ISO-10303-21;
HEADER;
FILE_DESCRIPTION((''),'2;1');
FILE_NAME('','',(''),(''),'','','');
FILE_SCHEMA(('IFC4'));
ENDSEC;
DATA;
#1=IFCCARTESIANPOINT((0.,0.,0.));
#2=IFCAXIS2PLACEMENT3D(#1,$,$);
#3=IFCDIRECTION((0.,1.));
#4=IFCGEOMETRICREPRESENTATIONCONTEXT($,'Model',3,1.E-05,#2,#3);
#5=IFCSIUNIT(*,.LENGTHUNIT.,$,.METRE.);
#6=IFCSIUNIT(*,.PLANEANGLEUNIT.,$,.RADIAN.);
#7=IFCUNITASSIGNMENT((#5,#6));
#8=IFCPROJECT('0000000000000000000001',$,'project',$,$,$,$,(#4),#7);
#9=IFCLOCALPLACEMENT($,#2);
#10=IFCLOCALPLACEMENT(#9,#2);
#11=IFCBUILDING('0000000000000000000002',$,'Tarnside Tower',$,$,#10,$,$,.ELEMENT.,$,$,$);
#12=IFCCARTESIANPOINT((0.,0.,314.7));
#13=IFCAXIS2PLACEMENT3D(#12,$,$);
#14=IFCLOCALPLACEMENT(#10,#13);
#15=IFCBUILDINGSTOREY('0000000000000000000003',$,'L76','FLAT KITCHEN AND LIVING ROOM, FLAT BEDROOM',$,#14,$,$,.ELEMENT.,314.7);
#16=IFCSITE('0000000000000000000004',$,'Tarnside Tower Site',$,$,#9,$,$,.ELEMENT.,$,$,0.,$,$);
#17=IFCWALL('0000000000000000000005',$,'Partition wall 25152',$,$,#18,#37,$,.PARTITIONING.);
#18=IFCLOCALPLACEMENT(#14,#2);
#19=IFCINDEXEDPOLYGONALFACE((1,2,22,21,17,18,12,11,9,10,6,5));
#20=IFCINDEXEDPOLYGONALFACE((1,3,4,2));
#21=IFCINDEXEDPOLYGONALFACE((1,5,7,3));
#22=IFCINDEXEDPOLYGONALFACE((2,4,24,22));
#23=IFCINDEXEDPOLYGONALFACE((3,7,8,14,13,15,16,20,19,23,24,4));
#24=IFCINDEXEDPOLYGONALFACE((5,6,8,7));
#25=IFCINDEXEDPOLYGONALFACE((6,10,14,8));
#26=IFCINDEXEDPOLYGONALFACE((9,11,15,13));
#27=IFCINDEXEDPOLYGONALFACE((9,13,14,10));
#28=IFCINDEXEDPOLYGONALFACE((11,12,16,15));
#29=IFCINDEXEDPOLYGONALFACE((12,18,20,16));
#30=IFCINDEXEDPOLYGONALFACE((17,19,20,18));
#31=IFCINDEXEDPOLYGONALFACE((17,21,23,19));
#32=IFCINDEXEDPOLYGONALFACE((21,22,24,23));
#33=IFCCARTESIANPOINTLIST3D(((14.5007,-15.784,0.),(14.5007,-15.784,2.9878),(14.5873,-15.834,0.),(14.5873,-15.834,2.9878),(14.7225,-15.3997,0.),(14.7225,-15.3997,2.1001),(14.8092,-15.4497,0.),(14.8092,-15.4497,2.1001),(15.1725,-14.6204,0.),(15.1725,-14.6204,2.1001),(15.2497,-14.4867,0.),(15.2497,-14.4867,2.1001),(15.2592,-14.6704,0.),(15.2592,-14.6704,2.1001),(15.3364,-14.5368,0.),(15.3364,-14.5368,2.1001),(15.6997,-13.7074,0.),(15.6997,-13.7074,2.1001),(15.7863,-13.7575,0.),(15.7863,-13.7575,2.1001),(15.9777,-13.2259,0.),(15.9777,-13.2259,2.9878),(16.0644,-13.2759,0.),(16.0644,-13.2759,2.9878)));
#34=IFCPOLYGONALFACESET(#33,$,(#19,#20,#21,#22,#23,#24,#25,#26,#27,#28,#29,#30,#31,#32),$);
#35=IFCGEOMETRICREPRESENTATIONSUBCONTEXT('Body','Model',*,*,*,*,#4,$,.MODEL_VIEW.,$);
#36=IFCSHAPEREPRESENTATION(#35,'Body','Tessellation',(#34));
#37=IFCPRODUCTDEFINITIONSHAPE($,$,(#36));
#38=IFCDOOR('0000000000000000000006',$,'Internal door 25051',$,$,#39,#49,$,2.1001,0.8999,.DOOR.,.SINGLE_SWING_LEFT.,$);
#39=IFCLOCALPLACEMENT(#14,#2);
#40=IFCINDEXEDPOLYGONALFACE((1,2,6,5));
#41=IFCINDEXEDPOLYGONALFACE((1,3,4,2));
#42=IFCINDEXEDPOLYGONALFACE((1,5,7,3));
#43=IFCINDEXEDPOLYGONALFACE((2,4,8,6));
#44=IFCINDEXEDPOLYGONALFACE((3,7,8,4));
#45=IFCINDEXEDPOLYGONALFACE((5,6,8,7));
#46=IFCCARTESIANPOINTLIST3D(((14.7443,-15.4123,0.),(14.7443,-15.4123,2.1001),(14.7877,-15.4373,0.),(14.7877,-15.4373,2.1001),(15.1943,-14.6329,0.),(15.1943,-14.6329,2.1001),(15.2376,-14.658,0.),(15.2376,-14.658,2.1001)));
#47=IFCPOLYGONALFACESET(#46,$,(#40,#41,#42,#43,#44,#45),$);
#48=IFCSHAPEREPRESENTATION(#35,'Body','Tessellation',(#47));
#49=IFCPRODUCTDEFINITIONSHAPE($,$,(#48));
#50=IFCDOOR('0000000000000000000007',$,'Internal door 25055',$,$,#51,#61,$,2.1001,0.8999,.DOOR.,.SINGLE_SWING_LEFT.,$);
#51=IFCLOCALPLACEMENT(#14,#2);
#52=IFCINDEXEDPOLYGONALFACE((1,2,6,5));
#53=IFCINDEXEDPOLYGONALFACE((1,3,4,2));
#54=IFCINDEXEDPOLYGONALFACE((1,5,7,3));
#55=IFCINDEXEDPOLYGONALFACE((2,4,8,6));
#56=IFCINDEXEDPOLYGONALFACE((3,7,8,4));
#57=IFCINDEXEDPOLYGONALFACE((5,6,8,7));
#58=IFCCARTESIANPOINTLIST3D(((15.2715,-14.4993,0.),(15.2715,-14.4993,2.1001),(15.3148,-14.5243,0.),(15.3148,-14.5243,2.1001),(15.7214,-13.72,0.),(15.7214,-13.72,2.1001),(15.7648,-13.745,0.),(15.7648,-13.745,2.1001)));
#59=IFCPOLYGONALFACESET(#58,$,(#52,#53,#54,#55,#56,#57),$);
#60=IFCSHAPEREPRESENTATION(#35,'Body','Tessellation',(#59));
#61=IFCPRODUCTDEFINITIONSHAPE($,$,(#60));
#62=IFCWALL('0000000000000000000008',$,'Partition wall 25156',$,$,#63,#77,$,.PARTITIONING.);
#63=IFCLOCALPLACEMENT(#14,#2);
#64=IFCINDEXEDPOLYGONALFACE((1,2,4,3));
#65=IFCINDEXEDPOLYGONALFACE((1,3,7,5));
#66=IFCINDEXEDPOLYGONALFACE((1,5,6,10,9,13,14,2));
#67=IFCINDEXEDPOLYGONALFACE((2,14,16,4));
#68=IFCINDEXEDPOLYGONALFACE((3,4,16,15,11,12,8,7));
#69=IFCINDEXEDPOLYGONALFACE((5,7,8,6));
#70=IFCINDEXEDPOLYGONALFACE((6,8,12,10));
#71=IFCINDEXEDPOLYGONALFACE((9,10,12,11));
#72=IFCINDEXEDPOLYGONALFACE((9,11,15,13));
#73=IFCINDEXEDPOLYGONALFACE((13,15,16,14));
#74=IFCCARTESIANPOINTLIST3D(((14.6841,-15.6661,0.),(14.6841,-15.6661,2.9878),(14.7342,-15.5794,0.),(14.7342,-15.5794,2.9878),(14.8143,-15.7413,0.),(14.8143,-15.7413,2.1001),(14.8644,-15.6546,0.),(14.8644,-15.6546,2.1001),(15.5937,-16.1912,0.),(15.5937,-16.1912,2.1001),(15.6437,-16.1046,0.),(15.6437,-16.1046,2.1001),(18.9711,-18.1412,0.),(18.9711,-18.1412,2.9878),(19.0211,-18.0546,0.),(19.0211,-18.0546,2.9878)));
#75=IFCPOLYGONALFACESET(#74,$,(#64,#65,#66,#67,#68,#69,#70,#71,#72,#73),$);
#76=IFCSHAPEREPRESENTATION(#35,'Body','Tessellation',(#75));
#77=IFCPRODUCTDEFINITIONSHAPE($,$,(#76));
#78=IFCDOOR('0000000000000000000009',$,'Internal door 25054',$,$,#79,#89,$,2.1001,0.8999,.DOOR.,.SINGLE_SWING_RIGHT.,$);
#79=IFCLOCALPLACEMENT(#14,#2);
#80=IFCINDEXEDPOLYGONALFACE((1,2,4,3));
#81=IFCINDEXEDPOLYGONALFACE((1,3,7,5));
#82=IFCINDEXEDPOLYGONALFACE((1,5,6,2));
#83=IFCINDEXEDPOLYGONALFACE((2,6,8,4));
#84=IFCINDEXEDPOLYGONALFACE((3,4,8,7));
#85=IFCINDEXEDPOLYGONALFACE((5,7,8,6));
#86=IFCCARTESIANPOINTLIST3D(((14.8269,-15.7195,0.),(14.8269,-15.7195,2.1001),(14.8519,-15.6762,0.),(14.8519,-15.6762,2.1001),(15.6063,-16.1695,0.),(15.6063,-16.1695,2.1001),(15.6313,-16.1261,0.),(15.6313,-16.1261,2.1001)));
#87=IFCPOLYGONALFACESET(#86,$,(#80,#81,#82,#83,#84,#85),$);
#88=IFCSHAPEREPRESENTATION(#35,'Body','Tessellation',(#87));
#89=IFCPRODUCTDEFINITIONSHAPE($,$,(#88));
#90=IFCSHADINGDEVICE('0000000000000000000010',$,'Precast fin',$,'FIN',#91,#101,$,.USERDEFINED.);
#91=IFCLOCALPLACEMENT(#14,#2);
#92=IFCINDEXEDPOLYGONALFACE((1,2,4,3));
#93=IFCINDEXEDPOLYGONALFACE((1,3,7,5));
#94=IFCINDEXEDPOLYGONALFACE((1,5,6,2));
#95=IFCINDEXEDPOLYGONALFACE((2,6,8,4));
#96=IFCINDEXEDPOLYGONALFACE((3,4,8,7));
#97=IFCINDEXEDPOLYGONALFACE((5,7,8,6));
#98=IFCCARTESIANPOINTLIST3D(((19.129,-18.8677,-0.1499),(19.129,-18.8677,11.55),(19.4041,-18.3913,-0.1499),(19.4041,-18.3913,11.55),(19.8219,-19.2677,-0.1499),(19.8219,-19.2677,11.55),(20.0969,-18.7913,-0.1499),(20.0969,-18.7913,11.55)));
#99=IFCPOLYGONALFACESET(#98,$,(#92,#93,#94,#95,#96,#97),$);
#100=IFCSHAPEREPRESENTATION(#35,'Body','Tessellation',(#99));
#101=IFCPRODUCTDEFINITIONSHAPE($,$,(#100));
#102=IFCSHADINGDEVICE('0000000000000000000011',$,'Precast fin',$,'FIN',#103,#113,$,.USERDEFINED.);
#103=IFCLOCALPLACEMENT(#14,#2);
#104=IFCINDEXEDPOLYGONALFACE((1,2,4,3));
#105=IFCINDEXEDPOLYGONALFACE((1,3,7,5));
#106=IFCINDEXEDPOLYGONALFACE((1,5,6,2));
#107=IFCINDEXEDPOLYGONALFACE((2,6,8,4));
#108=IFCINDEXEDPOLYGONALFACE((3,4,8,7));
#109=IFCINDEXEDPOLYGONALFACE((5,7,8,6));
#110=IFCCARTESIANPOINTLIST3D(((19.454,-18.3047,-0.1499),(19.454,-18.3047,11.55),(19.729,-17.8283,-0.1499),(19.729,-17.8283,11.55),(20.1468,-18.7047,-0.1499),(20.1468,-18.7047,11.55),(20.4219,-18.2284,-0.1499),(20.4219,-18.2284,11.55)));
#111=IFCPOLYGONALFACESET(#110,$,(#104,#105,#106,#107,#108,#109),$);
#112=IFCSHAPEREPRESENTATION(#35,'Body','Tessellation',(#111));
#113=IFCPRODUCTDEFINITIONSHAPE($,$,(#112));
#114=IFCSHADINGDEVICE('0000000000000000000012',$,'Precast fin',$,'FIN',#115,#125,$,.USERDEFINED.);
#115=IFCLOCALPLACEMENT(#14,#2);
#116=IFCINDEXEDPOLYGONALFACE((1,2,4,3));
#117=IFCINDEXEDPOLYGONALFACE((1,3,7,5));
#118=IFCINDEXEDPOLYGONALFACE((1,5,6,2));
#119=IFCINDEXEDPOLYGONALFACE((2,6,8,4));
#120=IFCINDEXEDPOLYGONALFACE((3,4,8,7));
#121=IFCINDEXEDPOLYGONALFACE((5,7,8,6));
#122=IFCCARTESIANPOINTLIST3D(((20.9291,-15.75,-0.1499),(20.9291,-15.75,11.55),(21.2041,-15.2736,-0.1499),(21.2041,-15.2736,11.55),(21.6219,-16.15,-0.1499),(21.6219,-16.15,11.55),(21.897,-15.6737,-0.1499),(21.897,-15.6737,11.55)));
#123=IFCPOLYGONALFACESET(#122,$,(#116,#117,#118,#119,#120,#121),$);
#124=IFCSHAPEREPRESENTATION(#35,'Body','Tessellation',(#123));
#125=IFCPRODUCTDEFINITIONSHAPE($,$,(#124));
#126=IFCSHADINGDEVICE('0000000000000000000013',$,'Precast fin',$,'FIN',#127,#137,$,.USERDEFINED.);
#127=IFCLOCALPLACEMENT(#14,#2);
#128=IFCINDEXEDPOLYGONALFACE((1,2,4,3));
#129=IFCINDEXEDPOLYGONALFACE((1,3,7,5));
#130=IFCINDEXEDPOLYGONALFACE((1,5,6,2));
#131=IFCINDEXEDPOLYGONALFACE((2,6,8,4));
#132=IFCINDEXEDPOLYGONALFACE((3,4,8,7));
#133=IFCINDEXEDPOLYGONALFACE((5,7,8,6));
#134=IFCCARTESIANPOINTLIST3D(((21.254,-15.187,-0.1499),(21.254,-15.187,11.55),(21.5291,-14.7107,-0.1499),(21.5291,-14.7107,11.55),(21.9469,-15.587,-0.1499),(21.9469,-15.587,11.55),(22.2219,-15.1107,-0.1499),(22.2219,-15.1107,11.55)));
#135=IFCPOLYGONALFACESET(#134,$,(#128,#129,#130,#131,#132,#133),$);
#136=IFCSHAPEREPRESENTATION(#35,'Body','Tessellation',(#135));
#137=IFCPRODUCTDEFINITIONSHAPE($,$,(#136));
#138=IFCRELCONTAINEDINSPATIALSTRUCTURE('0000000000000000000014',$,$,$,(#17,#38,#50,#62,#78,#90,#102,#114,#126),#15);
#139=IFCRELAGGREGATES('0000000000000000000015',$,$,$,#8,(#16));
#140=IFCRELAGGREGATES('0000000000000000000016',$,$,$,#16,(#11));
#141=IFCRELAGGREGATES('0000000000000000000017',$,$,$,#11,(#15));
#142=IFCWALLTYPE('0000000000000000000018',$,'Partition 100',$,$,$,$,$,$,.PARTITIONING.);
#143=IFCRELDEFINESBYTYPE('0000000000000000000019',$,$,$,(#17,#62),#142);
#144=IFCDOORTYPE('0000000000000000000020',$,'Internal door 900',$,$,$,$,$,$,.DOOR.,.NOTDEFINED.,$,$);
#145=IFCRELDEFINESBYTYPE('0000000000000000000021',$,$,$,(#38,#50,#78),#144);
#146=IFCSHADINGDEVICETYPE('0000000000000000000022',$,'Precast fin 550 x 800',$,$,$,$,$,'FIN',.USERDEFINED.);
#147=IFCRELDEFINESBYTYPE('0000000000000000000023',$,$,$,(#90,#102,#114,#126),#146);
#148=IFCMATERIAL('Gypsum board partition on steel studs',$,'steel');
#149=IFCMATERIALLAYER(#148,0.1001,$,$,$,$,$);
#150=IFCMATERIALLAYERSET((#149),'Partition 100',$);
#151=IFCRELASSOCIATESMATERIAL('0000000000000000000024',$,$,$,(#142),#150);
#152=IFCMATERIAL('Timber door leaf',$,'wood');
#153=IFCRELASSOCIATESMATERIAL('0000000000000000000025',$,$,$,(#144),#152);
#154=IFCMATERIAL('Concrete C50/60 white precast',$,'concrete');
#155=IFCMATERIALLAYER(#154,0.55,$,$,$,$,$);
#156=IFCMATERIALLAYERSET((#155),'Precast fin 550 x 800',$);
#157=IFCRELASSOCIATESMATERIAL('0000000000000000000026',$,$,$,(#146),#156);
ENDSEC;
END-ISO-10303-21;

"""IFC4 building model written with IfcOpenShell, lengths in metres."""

from ifc_helpers import new_model, si_unit, direction, frame, frame_2d, origin, place, context, subcontext, project, spatial, polyline, rectangle, outline, extrude, material, layer, layer_set, type_object, element, fill, save


model = new_model("IFC4")

# Units and contexts
model_context = context("Model", 3, precision=1e-05, world=origin(), true_north=direction((0.0, 1.0)))
body_context = subcontext(model_context, "Body", "Model", "MODEL_VIEW")
ifc_project = project(units=[si_unit("LENGTHUNIT", "METRE"), si_unit("PLANEANGLEUNIT", "RADIAN")], contexts=[model_context])

# Site, building, storey
site_placement = place(None, origin())
site = spatial("IfcSite", under=ifc_project, at=site_placement, Name="Tarnside Tower Site", CompositionType="ELEMENT", RefElevation=0.0)
building_placement = place(site_placement, origin())
building = spatial("IfcBuilding", under=site, at=building_placement, Name="Tarnside Tower", CompositionType="ELEMENT")
storey_placement = place(building_placement, frame((0.0, 0.0, 314.7)))
storey = spatial("IfcBuildingStorey", under=building, at=storey_placement, Name="L76", Description="FLAT KITCHEN AND LIVING ROOM, FLAT BEDROOM", CompositionType="ELEMENT", Elevation=314.7)

# Shared definitions
ifc_material_1 = material(Name="Gypsum board partition on steel studs", Category="steel")
ifc_material_2 = material(Name="Timber door leaf", Category="wood")

# Wall, openings, doors
ifc_layer_1 = layer(ifc_material_1, 0.1001)
ifc_layer_set_1 = layer_set([ifc_layer_1], Name="Partition 100")
wall_type_1 = type_object("IfcWallType", Name="Partition 100", PredefinedType="PARTITIONING", material=ifc_layer_set_1)
wall_1_placement = place(storey_placement, frame((14.5439, -15.8091, 0.0), z_axis=(0.0, 0.0, 1.0), x_axis=(0.500032, 0.866007, 0.0)))
wall_1 = element("IfcWall", 1, at=wall_1_placement, inside=storey, type_object=wall_type_1, Name="Partition wall 25152", PredefinedType="PARTITIONING", context=body_context, shape_type="SweptSolid", body=[
    extrude(rectangle(XDim=2.9539, YDim=0.1001, at=frame_2d((1.4771, 0.0))), origin(), (0.0, 0.0, 1.0), 2.9878),
])
opening_1_placement = place(wall_1_placement, frame((0.4438, 0.0, 0.0)))
opening_1 = element("IfcOpeningElement", 2, at=opening_1_placement, cuts=wall_1, PredefinedType="OPENING", context=body_context, shape_type="SweptSolid", body=[
    extrude(rectangle(XDim=0.8999, YDim=2.1001, at=frame_2d((0.45, 1.05))), frame((0.0, 0.0601, 0.0), z_axis=(0.0, -1.0, 0.0), x_axis=(1.0, 0.0, 0.0)), (0.0, 0.0, 1.0), 0.1201),
])
opening_2_placement = place(wall_1_placement, frame((1.498, 0.0, 0.0)))
opening_2 = element("IfcOpeningElement", 3, at=opening_2_placement, cuts=wall_1, PredefinedType="OPENING", context=body_context, shape_type="SweptSolid", body=[
    extrude(rectangle(XDim=0.8999, YDim=2.1001, at=frame_2d((0.45, 1.05))), frame((0.0, 0.0601, 0.0), z_axis=(0.0, -1.0, 0.0), x_axis=(1.0, 0.0, 0.0)), (0.0, 0.0, 1.0), 0.1201),
])
door_type_1 = type_object("IfcDoorType", Name="Internal door 900", OperationType="NOTDEFINED", PredefinedType="DOOR", material=ifc_material_2)
door_1_placement = place(opening_1_placement, origin())
door_1 = element("IfcDoor", 4, at=door_1_placement, inside=storey, type_object=door_type_1, Name="Internal door 25051", OperationType="SINGLE_SWING_LEFT", OverallHeight=2.1001, OverallWidth=0.8999, PredefinedType="DOOR", context=body_context, shape_type="SweptSolid", body=[
    extrude(rectangle(XDim=0.8999, YDim=2.1001, at=frame_2d((0.45, 1.05))), frame((0.0, 0.0249, 0.0), z_axis=(0.0, -1.0, 0.0), x_axis=(1.0, 0.0, 0.0)), (0.0, 0.0, 1.0), 0.05),
])
fill(opening_1, door_1)
door_2_placement = place(opening_2_placement, origin())
door_2 = element("IfcDoor", 5, at=door_2_placement, inside=storey, type_object=door_type_1, Name="Internal door 25055", OperationType="SINGLE_SWING_LEFT", OverallHeight=2.1001, OverallWidth=0.8999, PredefinedType="DOOR", context=body_context, shape_type="SweptSolid", body=[
    extrude(rectangle(XDim=0.8999, YDim=2.1001, at=frame_2d((0.45, 1.05))), frame((0.0, 0.0249, 0.0), z_axis=(0.0, -1.0, 0.0), x_axis=(1.0, 0.0, 0.0)), (0.0, 0.0, 1.0), 0.05),
])
fill(opening_2, door_2)

# Wall, opening, door
wall_2_placement = place(storey_placement, frame((18.9961, -18.0979, 0.0), z_axis=(0.0, 0.0, 1.0), x_axis=(-0.866019, 0.500011, 0.0)))
wall_2 = element("IfcWall", 6, at=wall_2_placement, inside=storey, type_object=wall_type_1, Name="Partition wall 25156", PredefinedType="PARTITIONING", context=body_context, shape_type="SweptSolid", body=[
    extrude(rectangle(XDim=4.9502, YDim=0.1001, at=frame_2d((2.4751, 0.0))), origin(), (0.0, 0.0, 1.0), 2.9878),
])
opening_3_placement = place(wall_2_placement, frame((3.8999, 0.0, 0.0)))
opening_3 = element("IfcOpeningElement", 7, at=opening_3_placement, cuts=wall_2, PredefinedType="OPENING", context=body_context, shape_type="SweptSolid", body=[
    extrude(rectangle(XDim=0.8999, YDim=2.1001, at=frame_2d((0.45, 1.05))), frame((0.0, 0.0601, 0.0), z_axis=(0.0, -1.0, 0.0), x_axis=(1.0, 0.0, 0.0)), (0.0, 0.0, 1.0), 0.1201),
])
door_3_placement = place(opening_3_placement, origin())
door_3 = element("IfcDoor", 8, at=door_3_placement, inside=storey, type_object=door_type_1, Name="Internal door 25054", OperationType="SINGLE_SWING_RIGHT", OverallHeight=2.1001, OverallWidth=0.8999, PredefinedType="DOOR", context=body_context, shape_type="SweptSolid", body=[
    extrude(rectangle(XDim=0.8999, YDim=2.1001, at=frame_2d((0.45, 1.05))), frame((0.0, 0.0249, 0.0), z_axis=(0.0, -1.0, 0.0), x_axis=(1.0, 0.0, 0.0)), (0.0, 0.0, 1.0), 0.05),
])
fill(opening_3, door_3)

# Shading devices
ifc_material_3 = material(Name="Concrete C50/60 white precast", Category="concrete")
ifc_layer_2 = layer(ifc_material_3, 0.55)
ifc_layer_set_2 = layer_set([ifc_layer_2], Name="Precast fin 550 x 800")
shading_device_type = type_object("IfcShadingDeviceType", Name="Precast fin 550 x 800", ElementType="FIN", PredefinedType="USERDEFINED", material=ifc_layer_set_2)
for number, where, z_axis, x_axis, name in (
    (9, (19.2666, -18.6294, -0.1499), (-0.5, -0.866025, 0.0), (0.866025, -0.5, 0.0), "Precast fin"),
    (10, (19.5916, -18.0664, -0.1499), (-0.5, -0.866025, 0.0), (0.866025, -0.5, 0.0), "Precast fin"),
    (11, (21.0667, -15.5117, -0.1499), (-0.5, -0.866025, 0.0), (0.866025, -0.5, 0.0), "Precast fin"),
    (12, (21.3916, -14.9487, -0.1499), (-0.5, -0.866025, 0.0), (0.866025, -0.5, 0.0), "Precast fin"),
):
    element("IfcShadingDevice", number, at=place(storey_placement, frame(where, z_axis=z_axis, x_axis=x_axis)), inside=storey, type_object=shading_device_type, Name=name, ObjectType="FIN", PredefinedType="USERDEFINED", context=body_context, shape_type="SweptSolid", body=[
        extrude(outline(polyline([(0.0, 0.0), (0.8, 0.0), (0.8, 11.7), (0.0, 11.7), (0.0, 0.0)])), frame((0.0, 0.0, -0.2749)), (0.0, 0.0, 1.0), 0.55),
    ])

save(model, "model.ifc")
